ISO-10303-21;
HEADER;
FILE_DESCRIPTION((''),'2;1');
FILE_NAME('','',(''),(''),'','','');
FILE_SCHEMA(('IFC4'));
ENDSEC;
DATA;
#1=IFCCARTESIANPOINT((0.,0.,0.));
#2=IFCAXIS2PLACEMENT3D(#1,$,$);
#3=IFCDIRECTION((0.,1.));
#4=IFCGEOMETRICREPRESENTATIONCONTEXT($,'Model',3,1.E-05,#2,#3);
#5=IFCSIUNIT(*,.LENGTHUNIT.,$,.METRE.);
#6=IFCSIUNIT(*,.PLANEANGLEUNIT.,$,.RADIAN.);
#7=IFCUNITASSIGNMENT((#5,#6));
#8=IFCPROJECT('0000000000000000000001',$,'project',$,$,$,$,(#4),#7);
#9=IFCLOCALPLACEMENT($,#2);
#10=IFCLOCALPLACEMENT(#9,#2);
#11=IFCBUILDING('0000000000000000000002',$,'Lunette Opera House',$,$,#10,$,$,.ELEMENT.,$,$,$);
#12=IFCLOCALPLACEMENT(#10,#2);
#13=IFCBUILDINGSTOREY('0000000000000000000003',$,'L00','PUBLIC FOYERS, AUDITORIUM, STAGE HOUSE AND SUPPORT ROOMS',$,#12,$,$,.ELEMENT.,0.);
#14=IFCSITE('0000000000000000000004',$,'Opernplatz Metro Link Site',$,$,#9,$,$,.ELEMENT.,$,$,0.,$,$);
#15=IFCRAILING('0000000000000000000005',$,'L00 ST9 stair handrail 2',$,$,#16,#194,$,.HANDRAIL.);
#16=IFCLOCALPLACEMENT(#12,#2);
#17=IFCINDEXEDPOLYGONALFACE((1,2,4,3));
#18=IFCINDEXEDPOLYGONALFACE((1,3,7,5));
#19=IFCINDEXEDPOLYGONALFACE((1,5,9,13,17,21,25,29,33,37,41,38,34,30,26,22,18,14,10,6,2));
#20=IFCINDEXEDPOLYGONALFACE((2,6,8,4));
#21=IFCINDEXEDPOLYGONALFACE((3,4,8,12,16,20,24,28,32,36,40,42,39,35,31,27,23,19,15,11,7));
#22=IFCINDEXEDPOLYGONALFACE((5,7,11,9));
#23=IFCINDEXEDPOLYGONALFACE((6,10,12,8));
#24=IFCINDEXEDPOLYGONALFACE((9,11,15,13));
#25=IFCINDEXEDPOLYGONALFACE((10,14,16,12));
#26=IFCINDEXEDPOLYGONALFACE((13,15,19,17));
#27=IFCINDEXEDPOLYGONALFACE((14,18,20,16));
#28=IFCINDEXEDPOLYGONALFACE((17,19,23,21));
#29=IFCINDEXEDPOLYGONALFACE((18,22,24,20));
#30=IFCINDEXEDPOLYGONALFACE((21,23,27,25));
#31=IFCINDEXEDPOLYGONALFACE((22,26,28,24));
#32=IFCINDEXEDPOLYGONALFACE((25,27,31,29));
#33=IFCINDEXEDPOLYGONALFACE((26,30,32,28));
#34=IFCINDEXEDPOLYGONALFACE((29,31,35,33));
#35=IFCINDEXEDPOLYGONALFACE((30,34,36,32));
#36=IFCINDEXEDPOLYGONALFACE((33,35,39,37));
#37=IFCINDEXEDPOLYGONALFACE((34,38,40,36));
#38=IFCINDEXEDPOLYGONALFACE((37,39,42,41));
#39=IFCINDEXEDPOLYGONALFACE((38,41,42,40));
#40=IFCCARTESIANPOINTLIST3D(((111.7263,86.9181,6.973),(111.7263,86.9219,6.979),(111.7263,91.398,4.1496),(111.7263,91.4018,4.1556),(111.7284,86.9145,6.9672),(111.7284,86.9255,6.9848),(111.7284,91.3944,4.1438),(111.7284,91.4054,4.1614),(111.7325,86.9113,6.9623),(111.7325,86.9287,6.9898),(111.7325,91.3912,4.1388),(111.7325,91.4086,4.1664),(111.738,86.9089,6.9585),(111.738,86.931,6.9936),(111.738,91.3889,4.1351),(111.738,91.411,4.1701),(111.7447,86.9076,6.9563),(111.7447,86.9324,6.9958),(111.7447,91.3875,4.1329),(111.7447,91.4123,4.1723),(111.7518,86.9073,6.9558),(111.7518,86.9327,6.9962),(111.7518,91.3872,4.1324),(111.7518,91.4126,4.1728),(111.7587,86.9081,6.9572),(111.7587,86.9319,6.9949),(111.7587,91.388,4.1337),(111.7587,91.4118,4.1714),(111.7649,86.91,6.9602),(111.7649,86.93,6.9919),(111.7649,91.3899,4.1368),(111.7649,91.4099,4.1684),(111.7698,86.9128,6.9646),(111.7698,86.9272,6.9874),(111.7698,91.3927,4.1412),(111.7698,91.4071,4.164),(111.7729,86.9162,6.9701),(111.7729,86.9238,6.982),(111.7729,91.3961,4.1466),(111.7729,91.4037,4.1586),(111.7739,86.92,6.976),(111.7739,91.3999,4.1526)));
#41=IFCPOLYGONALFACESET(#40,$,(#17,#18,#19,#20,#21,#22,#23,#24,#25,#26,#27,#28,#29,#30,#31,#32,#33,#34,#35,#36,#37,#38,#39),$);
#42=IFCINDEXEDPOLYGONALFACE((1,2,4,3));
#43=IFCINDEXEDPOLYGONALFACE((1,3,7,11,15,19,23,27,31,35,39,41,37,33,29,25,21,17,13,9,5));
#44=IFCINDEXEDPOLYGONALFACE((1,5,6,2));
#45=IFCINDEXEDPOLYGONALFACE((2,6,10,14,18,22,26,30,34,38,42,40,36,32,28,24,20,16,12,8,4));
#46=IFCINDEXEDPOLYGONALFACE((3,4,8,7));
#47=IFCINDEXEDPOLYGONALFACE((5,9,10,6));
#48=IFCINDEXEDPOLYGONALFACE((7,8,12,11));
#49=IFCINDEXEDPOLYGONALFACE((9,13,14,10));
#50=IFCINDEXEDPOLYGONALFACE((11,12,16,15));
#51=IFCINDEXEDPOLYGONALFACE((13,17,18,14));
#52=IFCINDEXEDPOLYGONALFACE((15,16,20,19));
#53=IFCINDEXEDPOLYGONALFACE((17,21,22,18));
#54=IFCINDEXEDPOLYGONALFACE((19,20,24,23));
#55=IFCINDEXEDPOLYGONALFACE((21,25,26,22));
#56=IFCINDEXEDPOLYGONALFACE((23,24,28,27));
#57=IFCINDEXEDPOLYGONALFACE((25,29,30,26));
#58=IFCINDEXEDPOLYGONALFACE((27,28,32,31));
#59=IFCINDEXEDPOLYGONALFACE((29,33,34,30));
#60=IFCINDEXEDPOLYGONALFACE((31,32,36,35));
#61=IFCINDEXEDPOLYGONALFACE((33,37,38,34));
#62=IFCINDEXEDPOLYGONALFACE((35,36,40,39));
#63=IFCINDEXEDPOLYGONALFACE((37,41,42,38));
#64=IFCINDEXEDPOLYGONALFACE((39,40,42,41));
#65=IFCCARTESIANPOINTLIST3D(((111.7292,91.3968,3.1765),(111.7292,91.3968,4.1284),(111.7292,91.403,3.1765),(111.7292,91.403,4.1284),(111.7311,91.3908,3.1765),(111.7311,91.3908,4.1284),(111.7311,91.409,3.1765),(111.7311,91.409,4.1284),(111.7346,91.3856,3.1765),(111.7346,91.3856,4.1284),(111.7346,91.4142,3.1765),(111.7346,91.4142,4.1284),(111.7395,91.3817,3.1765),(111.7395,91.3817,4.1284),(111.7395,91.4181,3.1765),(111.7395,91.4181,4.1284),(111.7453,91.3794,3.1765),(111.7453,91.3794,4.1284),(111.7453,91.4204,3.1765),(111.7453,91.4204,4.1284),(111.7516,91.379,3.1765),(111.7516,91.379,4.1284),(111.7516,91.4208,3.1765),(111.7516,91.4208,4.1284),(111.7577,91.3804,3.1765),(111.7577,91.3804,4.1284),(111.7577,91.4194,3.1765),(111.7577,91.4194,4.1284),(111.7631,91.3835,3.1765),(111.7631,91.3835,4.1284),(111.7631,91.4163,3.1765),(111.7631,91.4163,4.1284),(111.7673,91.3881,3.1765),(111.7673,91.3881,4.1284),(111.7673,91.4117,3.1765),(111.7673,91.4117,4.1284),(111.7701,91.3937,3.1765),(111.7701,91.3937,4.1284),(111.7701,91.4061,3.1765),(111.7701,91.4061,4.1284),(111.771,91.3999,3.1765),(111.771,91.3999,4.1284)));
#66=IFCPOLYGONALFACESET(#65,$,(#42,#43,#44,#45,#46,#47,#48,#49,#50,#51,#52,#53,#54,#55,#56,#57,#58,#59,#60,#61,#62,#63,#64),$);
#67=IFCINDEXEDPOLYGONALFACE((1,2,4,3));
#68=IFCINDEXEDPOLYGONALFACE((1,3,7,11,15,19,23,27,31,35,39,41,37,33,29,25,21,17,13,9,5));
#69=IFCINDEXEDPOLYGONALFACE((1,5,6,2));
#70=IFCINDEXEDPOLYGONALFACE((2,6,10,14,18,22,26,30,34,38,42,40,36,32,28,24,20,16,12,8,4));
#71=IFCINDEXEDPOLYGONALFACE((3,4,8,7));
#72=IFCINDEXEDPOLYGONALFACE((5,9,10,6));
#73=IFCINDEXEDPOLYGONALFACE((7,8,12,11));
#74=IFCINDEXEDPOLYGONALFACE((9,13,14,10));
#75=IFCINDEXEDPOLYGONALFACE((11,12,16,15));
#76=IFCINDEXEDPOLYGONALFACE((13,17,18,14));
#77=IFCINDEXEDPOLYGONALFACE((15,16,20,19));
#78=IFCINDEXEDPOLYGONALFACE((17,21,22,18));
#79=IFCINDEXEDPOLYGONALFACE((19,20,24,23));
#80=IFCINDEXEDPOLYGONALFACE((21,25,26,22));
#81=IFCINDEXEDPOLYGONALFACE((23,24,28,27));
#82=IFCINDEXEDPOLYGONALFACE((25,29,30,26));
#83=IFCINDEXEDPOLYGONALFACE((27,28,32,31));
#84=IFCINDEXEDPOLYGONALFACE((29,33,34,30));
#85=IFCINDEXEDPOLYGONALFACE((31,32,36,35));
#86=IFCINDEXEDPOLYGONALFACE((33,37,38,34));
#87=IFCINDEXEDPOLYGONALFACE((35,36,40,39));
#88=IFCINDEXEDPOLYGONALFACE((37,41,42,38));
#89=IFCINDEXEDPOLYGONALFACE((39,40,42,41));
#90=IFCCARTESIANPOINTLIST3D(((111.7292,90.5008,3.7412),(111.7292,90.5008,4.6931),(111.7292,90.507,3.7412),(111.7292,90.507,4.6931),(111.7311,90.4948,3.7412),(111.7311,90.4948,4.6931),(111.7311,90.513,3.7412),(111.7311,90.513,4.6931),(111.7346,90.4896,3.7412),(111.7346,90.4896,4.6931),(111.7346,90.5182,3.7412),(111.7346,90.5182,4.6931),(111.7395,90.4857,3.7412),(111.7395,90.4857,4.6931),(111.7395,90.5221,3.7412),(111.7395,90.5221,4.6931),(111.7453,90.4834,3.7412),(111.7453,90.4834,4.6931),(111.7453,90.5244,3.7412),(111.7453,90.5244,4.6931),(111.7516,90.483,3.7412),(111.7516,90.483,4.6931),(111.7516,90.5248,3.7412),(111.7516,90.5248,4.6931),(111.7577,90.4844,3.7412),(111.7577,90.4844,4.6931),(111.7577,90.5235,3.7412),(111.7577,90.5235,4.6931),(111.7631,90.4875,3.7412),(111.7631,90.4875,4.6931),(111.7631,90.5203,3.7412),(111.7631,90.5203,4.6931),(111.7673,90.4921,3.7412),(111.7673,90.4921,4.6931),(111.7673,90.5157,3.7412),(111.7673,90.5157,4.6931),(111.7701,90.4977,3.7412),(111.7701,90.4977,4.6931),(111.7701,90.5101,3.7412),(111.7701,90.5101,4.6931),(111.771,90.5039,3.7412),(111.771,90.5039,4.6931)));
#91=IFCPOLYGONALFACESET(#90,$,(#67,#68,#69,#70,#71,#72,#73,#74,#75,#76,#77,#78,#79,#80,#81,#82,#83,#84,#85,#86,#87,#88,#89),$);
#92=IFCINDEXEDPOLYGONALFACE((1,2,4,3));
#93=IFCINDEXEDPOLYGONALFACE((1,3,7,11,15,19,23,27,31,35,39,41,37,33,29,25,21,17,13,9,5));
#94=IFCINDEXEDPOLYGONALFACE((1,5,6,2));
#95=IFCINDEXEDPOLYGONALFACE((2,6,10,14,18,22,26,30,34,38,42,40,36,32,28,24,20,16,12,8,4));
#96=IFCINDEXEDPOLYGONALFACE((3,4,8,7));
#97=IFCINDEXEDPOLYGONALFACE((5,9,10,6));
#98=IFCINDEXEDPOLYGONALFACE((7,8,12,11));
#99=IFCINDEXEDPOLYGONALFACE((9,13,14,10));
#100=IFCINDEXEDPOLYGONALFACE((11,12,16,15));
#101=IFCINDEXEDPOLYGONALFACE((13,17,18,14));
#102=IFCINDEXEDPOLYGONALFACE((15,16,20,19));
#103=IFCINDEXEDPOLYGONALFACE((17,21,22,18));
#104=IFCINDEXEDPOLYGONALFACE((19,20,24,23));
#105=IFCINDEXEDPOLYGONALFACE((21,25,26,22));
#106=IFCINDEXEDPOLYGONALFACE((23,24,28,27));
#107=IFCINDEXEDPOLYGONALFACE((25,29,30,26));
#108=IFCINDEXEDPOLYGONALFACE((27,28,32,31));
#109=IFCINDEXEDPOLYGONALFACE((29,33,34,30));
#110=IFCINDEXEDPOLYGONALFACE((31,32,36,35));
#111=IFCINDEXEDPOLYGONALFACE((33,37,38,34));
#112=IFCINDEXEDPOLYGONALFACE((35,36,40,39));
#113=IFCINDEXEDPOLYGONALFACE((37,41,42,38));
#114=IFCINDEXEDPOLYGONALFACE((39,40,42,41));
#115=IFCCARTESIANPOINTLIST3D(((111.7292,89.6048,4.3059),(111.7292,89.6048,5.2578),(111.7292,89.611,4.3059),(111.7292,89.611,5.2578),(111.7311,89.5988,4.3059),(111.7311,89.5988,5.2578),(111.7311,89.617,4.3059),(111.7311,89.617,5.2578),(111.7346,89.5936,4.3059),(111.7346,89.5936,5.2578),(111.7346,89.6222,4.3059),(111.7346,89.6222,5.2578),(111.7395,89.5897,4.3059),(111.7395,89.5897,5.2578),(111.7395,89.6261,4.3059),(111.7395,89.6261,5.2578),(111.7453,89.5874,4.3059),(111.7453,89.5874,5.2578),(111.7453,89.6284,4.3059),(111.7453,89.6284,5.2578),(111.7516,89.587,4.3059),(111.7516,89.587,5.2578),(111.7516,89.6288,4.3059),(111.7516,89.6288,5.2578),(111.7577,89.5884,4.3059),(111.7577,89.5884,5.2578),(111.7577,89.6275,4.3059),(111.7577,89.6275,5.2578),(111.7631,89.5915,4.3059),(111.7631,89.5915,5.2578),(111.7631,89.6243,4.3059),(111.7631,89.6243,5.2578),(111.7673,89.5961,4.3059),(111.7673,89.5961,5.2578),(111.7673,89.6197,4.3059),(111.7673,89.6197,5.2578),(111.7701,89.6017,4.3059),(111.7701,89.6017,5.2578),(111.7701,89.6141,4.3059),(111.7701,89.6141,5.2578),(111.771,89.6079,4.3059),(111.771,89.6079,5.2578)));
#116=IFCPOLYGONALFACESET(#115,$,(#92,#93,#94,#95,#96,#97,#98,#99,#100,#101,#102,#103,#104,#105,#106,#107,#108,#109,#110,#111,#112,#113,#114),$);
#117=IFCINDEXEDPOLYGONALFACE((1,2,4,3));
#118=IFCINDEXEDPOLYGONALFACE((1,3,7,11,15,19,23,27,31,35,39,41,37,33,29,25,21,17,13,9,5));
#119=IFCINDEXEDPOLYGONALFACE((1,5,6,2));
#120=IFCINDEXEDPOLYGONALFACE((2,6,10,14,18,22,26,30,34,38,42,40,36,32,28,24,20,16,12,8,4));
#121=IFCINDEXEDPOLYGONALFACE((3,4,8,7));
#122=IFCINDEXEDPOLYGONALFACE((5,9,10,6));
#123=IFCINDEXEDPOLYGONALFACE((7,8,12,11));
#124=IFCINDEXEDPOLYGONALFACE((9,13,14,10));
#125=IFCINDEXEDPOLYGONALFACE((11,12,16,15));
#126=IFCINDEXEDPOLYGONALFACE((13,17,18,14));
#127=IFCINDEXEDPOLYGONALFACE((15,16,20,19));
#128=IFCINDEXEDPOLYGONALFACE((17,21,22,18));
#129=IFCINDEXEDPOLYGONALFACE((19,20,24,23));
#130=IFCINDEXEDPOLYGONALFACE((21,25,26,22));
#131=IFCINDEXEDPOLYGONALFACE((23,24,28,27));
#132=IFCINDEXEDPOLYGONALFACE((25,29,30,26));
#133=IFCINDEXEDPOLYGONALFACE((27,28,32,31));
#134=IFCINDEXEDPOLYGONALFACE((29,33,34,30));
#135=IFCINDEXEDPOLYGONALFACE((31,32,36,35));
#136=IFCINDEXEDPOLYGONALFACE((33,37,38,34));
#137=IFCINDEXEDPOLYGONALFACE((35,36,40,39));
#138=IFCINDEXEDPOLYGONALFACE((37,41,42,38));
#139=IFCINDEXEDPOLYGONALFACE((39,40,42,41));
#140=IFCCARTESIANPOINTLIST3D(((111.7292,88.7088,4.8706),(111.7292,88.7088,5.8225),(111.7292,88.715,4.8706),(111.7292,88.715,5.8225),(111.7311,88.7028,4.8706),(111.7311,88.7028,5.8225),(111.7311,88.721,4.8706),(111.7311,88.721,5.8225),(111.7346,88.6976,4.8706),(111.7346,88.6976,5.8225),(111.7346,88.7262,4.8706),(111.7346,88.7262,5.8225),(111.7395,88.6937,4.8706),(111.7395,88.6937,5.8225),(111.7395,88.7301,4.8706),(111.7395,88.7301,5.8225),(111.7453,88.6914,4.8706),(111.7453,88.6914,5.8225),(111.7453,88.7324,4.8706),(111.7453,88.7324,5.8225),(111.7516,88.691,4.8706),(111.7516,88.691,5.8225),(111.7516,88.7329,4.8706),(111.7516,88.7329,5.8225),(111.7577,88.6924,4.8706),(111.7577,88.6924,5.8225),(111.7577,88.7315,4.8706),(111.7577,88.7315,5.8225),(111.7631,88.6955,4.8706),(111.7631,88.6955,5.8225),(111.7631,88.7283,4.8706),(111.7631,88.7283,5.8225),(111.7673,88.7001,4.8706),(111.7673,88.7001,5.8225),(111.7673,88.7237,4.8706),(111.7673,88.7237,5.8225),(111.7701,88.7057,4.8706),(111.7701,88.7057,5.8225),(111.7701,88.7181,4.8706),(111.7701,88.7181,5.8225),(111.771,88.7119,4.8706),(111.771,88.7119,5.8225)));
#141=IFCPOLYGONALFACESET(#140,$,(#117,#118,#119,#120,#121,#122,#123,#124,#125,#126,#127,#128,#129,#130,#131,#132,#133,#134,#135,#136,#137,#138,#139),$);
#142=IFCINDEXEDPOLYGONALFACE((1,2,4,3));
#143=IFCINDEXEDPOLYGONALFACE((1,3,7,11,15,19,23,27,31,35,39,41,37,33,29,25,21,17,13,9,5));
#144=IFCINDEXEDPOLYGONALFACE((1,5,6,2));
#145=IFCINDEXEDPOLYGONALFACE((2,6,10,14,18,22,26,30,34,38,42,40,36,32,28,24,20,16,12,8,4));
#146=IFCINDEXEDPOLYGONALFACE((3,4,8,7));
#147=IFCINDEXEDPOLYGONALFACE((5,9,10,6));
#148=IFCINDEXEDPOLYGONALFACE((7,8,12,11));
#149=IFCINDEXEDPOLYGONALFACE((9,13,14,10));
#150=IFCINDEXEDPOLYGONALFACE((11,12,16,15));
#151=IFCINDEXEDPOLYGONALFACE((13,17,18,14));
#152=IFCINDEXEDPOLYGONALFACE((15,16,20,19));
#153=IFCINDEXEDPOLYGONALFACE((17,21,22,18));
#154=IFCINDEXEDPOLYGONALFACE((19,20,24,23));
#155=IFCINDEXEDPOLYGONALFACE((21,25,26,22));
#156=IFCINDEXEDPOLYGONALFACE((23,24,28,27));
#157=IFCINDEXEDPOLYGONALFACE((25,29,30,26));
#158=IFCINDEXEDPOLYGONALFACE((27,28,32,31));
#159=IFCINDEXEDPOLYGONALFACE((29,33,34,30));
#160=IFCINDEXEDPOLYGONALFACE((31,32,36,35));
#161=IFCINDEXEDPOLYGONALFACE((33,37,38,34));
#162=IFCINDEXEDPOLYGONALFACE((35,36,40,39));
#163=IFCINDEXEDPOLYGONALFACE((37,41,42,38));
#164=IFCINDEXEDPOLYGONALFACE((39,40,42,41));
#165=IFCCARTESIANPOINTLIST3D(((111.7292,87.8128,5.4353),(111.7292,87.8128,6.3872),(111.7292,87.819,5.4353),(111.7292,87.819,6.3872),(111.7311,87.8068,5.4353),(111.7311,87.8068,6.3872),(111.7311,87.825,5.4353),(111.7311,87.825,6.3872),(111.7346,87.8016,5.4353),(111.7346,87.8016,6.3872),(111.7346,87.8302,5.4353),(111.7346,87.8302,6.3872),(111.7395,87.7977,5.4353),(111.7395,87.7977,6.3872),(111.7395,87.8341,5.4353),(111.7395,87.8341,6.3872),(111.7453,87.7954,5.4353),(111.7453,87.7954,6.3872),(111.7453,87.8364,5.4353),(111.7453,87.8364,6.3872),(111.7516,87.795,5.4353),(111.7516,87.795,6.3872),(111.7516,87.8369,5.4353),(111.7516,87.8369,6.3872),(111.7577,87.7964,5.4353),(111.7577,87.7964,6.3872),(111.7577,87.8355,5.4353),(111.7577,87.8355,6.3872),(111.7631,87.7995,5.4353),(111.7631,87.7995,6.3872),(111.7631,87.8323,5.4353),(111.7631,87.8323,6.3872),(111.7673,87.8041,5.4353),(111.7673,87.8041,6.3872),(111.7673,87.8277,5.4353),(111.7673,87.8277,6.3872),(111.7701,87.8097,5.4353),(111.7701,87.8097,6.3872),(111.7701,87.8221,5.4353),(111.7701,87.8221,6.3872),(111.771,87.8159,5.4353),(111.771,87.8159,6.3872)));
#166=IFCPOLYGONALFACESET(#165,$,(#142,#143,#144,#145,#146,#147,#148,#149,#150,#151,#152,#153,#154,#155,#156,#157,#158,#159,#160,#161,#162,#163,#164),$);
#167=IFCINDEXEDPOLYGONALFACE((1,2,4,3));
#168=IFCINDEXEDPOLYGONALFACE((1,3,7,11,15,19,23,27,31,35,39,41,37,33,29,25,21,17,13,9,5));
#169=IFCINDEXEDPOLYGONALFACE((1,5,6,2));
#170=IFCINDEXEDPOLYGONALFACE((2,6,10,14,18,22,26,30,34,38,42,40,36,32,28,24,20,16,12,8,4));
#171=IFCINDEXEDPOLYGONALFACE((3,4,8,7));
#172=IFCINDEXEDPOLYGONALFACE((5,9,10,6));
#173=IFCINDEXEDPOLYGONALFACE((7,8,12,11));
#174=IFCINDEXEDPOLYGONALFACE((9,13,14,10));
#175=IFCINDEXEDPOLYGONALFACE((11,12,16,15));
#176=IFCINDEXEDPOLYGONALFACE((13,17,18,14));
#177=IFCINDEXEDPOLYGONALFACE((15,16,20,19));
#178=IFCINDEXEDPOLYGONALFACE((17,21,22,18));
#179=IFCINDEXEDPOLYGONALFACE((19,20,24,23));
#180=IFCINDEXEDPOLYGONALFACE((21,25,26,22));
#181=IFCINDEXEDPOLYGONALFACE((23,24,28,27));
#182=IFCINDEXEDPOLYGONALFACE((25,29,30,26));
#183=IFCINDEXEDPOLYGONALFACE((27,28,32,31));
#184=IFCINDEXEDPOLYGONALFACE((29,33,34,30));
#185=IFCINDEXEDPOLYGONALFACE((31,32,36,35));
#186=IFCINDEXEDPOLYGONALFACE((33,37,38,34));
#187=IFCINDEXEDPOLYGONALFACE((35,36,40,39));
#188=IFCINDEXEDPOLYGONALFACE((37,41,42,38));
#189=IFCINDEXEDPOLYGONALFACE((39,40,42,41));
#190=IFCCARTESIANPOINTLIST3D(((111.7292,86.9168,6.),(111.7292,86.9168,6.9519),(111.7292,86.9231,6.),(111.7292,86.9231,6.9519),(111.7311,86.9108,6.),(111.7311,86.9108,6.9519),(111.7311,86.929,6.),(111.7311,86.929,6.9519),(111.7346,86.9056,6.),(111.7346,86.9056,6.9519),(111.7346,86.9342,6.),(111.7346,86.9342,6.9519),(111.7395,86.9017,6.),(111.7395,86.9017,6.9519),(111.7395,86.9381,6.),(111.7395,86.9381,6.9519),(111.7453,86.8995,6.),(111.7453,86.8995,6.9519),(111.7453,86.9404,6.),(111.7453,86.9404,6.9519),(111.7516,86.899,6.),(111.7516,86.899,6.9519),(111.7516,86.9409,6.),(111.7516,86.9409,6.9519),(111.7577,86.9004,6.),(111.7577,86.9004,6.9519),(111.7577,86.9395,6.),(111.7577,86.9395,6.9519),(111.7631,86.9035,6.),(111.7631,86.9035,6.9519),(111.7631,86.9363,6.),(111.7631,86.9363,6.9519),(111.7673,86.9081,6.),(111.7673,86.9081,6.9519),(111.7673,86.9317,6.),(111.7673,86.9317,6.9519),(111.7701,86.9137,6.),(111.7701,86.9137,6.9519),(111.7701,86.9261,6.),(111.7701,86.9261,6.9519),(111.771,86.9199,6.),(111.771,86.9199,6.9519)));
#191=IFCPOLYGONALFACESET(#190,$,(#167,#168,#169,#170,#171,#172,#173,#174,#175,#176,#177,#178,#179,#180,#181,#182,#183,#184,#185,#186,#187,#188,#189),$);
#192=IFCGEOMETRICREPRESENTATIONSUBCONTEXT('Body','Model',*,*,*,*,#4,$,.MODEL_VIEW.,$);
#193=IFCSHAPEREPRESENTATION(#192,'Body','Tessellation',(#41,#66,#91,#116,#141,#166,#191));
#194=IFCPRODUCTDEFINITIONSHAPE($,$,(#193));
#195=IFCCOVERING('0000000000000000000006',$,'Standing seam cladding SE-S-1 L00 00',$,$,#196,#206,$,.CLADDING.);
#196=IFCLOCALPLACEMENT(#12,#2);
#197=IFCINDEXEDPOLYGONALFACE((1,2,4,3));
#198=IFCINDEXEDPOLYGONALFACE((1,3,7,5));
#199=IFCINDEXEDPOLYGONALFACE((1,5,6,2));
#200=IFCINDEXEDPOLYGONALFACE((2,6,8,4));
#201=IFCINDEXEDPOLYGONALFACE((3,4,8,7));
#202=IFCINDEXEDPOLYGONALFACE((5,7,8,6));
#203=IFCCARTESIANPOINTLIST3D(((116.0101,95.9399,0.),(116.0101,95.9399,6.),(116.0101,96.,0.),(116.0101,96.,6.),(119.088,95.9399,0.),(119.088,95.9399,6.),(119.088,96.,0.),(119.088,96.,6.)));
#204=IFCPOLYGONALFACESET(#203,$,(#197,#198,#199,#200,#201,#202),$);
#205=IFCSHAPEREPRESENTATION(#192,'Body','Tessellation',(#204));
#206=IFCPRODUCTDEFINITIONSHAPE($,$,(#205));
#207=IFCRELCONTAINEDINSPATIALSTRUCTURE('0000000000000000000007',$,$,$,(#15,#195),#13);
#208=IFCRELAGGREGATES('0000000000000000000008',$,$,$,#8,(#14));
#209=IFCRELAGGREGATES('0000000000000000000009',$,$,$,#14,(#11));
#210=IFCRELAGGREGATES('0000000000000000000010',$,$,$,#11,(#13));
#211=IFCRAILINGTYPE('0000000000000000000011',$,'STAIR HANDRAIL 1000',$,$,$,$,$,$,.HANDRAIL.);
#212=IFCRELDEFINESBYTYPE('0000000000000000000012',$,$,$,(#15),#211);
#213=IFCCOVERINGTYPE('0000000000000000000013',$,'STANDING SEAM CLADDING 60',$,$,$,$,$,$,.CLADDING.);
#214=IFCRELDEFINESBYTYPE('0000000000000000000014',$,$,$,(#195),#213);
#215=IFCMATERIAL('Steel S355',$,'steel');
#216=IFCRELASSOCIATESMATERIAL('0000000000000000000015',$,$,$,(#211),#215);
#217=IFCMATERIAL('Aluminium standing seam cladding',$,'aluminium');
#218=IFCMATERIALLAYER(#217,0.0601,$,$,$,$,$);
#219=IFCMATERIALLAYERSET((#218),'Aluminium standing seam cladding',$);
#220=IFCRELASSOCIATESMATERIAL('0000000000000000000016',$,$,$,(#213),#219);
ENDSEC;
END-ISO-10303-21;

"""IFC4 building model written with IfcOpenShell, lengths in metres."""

from ifc_helpers import new_model, si_unit, direction, frame, origin, origin_2d, place, context, subcontext, project, spatial, rectangle, circle, extrude, material, layer, layer_set, type_object, element, save


model = new_model("IFC4")

# Units and contexts
model_context = context("Model", 3, precision=1e-05, world=origin(), true_north=direction((0.0, 1.0)))
body_context = subcontext(model_context, "Body", "Model", "MODEL_VIEW")
ifc_project = project(units=[si_unit("LENGTHUNIT", "METRE"), si_unit("PLANEANGLEUNIT", "RADIAN")], contexts=[model_context])

# Site, building, storey
site_placement = place(None, origin())
site = spatial("IfcSite", under=ifc_project, at=site_placement, Name="Opernplatz Metro Link Site", CompositionType="ELEMENT", RefElevation=0.0)
building_placement = place(site_placement, origin())
building = spatial("IfcBuilding", under=site, at=building_placement, Name="Lunette Opera House", CompositionType="ELEMENT")
storey_placement = place(building_placement, origin())
storey = spatial("IfcBuildingStorey", under=building, at=storey_placement, Name="L00", Description="PUBLIC FOYERS, AUDITORIUM, STAGE HOUSE AND SUPPORT ROOMS", CompositionType="ELEMENT", Elevation=0.0)

# Railing
ifc_material_1 = material(Name="Steel S355", Category="steel")
railing_type_1 = type_object("IfcRailingType", Name="STAIR HANDRAIL 1000", PredefinedType="HANDRAIL", material=ifc_material_1)
railing_1_placement = place(storey_placement, frame((111.75, 91.3999, 3.1765)))
element("IfcRailing", 1, at=railing_1_placement, inside=storey, type_object=railing_type_1, Name="L00 ST9 stair handrail 2", PredefinedType="HANDRAIL", context=body_context, shape_type="SweptSolid", body=[
    extrude(circle(Radius=0.0239, at=origin_2d()), frame((0.0, 0.0, 0.9761), z_axis=(0.0, -0.845998, 0.533186), x_axis=(1.0, 0.0, 0.0)), (0.0, 0.0, 1.0), 5.2954),
    extrude(circle(Radius=0.021, at=origin_2d()), origin(), (0.0, 0.0, 1.0), 0.9519),
    extrude(circle(Radius=0.021, at=origin_2d()), frame((0.0, -0.896, 0.5647)), (0.0, 0.0, 1.0), 0.9519),
    extrude(circle(Radius=0.021, at=origin_2d()), frame((0.0, -1.792, 1.1294)), (0.0, 0.0, 1.0), 0.9519),
    extrude(circle(Radius=0.021, at=origin_2d()), frame((0.0, -2.688, 1.6941)), (0.0, 0.0, 1.0), 0.9519),
    extrude(circle(Radius=0.021, at=origin_2d()), frame((0.0, -3.584, 2.2588)), (0.0, 0.0, 1.0), 0.9519),
    extrude(circle(Radius=0.021, at=origin_2d()), frame((0.0, -4.48, 2.8235)), (0.0, 0.0, 1.0), 0.9519),
])

# Covering
ifc_material_2 = material(Name="Aluminium standing seam cladding", Category="aluminium")
ifc_layer_1 = layer(ifc_material_2, 0.0601)
ifc_layer_set_1 = layer_set([ifc_layer_1], Name="Aluminium standing seam cladding")
covering_type = type_object("IfcCoveringType", Name="STANDING SEAM CLADDING 60", PredefinedType="CLADDING", material=ifc_layer_set_1)
covering_placement = place(storey_placement, frame((117.5491, 95.97, 0.0), z_axis=(0.0, 0.0, 1.0), x_axis=(1.0, 0.0, 0.0)))
element("IfcCovering", 2, at=covering_placement, inside=storey, type_object=covering_type, Name="Standing seam cladding SE-S-1 L00 00", PredefinedType="CLADDING", context=body_context, shape_type="SweptSolid", body=[
    extrude(rectangle(XDim=3.0779, YDim=0.0601, at=origin_2d()), origin(), (0.0, 0.0, 1.0), 6.0),
])

save(model, "model.ifc")
